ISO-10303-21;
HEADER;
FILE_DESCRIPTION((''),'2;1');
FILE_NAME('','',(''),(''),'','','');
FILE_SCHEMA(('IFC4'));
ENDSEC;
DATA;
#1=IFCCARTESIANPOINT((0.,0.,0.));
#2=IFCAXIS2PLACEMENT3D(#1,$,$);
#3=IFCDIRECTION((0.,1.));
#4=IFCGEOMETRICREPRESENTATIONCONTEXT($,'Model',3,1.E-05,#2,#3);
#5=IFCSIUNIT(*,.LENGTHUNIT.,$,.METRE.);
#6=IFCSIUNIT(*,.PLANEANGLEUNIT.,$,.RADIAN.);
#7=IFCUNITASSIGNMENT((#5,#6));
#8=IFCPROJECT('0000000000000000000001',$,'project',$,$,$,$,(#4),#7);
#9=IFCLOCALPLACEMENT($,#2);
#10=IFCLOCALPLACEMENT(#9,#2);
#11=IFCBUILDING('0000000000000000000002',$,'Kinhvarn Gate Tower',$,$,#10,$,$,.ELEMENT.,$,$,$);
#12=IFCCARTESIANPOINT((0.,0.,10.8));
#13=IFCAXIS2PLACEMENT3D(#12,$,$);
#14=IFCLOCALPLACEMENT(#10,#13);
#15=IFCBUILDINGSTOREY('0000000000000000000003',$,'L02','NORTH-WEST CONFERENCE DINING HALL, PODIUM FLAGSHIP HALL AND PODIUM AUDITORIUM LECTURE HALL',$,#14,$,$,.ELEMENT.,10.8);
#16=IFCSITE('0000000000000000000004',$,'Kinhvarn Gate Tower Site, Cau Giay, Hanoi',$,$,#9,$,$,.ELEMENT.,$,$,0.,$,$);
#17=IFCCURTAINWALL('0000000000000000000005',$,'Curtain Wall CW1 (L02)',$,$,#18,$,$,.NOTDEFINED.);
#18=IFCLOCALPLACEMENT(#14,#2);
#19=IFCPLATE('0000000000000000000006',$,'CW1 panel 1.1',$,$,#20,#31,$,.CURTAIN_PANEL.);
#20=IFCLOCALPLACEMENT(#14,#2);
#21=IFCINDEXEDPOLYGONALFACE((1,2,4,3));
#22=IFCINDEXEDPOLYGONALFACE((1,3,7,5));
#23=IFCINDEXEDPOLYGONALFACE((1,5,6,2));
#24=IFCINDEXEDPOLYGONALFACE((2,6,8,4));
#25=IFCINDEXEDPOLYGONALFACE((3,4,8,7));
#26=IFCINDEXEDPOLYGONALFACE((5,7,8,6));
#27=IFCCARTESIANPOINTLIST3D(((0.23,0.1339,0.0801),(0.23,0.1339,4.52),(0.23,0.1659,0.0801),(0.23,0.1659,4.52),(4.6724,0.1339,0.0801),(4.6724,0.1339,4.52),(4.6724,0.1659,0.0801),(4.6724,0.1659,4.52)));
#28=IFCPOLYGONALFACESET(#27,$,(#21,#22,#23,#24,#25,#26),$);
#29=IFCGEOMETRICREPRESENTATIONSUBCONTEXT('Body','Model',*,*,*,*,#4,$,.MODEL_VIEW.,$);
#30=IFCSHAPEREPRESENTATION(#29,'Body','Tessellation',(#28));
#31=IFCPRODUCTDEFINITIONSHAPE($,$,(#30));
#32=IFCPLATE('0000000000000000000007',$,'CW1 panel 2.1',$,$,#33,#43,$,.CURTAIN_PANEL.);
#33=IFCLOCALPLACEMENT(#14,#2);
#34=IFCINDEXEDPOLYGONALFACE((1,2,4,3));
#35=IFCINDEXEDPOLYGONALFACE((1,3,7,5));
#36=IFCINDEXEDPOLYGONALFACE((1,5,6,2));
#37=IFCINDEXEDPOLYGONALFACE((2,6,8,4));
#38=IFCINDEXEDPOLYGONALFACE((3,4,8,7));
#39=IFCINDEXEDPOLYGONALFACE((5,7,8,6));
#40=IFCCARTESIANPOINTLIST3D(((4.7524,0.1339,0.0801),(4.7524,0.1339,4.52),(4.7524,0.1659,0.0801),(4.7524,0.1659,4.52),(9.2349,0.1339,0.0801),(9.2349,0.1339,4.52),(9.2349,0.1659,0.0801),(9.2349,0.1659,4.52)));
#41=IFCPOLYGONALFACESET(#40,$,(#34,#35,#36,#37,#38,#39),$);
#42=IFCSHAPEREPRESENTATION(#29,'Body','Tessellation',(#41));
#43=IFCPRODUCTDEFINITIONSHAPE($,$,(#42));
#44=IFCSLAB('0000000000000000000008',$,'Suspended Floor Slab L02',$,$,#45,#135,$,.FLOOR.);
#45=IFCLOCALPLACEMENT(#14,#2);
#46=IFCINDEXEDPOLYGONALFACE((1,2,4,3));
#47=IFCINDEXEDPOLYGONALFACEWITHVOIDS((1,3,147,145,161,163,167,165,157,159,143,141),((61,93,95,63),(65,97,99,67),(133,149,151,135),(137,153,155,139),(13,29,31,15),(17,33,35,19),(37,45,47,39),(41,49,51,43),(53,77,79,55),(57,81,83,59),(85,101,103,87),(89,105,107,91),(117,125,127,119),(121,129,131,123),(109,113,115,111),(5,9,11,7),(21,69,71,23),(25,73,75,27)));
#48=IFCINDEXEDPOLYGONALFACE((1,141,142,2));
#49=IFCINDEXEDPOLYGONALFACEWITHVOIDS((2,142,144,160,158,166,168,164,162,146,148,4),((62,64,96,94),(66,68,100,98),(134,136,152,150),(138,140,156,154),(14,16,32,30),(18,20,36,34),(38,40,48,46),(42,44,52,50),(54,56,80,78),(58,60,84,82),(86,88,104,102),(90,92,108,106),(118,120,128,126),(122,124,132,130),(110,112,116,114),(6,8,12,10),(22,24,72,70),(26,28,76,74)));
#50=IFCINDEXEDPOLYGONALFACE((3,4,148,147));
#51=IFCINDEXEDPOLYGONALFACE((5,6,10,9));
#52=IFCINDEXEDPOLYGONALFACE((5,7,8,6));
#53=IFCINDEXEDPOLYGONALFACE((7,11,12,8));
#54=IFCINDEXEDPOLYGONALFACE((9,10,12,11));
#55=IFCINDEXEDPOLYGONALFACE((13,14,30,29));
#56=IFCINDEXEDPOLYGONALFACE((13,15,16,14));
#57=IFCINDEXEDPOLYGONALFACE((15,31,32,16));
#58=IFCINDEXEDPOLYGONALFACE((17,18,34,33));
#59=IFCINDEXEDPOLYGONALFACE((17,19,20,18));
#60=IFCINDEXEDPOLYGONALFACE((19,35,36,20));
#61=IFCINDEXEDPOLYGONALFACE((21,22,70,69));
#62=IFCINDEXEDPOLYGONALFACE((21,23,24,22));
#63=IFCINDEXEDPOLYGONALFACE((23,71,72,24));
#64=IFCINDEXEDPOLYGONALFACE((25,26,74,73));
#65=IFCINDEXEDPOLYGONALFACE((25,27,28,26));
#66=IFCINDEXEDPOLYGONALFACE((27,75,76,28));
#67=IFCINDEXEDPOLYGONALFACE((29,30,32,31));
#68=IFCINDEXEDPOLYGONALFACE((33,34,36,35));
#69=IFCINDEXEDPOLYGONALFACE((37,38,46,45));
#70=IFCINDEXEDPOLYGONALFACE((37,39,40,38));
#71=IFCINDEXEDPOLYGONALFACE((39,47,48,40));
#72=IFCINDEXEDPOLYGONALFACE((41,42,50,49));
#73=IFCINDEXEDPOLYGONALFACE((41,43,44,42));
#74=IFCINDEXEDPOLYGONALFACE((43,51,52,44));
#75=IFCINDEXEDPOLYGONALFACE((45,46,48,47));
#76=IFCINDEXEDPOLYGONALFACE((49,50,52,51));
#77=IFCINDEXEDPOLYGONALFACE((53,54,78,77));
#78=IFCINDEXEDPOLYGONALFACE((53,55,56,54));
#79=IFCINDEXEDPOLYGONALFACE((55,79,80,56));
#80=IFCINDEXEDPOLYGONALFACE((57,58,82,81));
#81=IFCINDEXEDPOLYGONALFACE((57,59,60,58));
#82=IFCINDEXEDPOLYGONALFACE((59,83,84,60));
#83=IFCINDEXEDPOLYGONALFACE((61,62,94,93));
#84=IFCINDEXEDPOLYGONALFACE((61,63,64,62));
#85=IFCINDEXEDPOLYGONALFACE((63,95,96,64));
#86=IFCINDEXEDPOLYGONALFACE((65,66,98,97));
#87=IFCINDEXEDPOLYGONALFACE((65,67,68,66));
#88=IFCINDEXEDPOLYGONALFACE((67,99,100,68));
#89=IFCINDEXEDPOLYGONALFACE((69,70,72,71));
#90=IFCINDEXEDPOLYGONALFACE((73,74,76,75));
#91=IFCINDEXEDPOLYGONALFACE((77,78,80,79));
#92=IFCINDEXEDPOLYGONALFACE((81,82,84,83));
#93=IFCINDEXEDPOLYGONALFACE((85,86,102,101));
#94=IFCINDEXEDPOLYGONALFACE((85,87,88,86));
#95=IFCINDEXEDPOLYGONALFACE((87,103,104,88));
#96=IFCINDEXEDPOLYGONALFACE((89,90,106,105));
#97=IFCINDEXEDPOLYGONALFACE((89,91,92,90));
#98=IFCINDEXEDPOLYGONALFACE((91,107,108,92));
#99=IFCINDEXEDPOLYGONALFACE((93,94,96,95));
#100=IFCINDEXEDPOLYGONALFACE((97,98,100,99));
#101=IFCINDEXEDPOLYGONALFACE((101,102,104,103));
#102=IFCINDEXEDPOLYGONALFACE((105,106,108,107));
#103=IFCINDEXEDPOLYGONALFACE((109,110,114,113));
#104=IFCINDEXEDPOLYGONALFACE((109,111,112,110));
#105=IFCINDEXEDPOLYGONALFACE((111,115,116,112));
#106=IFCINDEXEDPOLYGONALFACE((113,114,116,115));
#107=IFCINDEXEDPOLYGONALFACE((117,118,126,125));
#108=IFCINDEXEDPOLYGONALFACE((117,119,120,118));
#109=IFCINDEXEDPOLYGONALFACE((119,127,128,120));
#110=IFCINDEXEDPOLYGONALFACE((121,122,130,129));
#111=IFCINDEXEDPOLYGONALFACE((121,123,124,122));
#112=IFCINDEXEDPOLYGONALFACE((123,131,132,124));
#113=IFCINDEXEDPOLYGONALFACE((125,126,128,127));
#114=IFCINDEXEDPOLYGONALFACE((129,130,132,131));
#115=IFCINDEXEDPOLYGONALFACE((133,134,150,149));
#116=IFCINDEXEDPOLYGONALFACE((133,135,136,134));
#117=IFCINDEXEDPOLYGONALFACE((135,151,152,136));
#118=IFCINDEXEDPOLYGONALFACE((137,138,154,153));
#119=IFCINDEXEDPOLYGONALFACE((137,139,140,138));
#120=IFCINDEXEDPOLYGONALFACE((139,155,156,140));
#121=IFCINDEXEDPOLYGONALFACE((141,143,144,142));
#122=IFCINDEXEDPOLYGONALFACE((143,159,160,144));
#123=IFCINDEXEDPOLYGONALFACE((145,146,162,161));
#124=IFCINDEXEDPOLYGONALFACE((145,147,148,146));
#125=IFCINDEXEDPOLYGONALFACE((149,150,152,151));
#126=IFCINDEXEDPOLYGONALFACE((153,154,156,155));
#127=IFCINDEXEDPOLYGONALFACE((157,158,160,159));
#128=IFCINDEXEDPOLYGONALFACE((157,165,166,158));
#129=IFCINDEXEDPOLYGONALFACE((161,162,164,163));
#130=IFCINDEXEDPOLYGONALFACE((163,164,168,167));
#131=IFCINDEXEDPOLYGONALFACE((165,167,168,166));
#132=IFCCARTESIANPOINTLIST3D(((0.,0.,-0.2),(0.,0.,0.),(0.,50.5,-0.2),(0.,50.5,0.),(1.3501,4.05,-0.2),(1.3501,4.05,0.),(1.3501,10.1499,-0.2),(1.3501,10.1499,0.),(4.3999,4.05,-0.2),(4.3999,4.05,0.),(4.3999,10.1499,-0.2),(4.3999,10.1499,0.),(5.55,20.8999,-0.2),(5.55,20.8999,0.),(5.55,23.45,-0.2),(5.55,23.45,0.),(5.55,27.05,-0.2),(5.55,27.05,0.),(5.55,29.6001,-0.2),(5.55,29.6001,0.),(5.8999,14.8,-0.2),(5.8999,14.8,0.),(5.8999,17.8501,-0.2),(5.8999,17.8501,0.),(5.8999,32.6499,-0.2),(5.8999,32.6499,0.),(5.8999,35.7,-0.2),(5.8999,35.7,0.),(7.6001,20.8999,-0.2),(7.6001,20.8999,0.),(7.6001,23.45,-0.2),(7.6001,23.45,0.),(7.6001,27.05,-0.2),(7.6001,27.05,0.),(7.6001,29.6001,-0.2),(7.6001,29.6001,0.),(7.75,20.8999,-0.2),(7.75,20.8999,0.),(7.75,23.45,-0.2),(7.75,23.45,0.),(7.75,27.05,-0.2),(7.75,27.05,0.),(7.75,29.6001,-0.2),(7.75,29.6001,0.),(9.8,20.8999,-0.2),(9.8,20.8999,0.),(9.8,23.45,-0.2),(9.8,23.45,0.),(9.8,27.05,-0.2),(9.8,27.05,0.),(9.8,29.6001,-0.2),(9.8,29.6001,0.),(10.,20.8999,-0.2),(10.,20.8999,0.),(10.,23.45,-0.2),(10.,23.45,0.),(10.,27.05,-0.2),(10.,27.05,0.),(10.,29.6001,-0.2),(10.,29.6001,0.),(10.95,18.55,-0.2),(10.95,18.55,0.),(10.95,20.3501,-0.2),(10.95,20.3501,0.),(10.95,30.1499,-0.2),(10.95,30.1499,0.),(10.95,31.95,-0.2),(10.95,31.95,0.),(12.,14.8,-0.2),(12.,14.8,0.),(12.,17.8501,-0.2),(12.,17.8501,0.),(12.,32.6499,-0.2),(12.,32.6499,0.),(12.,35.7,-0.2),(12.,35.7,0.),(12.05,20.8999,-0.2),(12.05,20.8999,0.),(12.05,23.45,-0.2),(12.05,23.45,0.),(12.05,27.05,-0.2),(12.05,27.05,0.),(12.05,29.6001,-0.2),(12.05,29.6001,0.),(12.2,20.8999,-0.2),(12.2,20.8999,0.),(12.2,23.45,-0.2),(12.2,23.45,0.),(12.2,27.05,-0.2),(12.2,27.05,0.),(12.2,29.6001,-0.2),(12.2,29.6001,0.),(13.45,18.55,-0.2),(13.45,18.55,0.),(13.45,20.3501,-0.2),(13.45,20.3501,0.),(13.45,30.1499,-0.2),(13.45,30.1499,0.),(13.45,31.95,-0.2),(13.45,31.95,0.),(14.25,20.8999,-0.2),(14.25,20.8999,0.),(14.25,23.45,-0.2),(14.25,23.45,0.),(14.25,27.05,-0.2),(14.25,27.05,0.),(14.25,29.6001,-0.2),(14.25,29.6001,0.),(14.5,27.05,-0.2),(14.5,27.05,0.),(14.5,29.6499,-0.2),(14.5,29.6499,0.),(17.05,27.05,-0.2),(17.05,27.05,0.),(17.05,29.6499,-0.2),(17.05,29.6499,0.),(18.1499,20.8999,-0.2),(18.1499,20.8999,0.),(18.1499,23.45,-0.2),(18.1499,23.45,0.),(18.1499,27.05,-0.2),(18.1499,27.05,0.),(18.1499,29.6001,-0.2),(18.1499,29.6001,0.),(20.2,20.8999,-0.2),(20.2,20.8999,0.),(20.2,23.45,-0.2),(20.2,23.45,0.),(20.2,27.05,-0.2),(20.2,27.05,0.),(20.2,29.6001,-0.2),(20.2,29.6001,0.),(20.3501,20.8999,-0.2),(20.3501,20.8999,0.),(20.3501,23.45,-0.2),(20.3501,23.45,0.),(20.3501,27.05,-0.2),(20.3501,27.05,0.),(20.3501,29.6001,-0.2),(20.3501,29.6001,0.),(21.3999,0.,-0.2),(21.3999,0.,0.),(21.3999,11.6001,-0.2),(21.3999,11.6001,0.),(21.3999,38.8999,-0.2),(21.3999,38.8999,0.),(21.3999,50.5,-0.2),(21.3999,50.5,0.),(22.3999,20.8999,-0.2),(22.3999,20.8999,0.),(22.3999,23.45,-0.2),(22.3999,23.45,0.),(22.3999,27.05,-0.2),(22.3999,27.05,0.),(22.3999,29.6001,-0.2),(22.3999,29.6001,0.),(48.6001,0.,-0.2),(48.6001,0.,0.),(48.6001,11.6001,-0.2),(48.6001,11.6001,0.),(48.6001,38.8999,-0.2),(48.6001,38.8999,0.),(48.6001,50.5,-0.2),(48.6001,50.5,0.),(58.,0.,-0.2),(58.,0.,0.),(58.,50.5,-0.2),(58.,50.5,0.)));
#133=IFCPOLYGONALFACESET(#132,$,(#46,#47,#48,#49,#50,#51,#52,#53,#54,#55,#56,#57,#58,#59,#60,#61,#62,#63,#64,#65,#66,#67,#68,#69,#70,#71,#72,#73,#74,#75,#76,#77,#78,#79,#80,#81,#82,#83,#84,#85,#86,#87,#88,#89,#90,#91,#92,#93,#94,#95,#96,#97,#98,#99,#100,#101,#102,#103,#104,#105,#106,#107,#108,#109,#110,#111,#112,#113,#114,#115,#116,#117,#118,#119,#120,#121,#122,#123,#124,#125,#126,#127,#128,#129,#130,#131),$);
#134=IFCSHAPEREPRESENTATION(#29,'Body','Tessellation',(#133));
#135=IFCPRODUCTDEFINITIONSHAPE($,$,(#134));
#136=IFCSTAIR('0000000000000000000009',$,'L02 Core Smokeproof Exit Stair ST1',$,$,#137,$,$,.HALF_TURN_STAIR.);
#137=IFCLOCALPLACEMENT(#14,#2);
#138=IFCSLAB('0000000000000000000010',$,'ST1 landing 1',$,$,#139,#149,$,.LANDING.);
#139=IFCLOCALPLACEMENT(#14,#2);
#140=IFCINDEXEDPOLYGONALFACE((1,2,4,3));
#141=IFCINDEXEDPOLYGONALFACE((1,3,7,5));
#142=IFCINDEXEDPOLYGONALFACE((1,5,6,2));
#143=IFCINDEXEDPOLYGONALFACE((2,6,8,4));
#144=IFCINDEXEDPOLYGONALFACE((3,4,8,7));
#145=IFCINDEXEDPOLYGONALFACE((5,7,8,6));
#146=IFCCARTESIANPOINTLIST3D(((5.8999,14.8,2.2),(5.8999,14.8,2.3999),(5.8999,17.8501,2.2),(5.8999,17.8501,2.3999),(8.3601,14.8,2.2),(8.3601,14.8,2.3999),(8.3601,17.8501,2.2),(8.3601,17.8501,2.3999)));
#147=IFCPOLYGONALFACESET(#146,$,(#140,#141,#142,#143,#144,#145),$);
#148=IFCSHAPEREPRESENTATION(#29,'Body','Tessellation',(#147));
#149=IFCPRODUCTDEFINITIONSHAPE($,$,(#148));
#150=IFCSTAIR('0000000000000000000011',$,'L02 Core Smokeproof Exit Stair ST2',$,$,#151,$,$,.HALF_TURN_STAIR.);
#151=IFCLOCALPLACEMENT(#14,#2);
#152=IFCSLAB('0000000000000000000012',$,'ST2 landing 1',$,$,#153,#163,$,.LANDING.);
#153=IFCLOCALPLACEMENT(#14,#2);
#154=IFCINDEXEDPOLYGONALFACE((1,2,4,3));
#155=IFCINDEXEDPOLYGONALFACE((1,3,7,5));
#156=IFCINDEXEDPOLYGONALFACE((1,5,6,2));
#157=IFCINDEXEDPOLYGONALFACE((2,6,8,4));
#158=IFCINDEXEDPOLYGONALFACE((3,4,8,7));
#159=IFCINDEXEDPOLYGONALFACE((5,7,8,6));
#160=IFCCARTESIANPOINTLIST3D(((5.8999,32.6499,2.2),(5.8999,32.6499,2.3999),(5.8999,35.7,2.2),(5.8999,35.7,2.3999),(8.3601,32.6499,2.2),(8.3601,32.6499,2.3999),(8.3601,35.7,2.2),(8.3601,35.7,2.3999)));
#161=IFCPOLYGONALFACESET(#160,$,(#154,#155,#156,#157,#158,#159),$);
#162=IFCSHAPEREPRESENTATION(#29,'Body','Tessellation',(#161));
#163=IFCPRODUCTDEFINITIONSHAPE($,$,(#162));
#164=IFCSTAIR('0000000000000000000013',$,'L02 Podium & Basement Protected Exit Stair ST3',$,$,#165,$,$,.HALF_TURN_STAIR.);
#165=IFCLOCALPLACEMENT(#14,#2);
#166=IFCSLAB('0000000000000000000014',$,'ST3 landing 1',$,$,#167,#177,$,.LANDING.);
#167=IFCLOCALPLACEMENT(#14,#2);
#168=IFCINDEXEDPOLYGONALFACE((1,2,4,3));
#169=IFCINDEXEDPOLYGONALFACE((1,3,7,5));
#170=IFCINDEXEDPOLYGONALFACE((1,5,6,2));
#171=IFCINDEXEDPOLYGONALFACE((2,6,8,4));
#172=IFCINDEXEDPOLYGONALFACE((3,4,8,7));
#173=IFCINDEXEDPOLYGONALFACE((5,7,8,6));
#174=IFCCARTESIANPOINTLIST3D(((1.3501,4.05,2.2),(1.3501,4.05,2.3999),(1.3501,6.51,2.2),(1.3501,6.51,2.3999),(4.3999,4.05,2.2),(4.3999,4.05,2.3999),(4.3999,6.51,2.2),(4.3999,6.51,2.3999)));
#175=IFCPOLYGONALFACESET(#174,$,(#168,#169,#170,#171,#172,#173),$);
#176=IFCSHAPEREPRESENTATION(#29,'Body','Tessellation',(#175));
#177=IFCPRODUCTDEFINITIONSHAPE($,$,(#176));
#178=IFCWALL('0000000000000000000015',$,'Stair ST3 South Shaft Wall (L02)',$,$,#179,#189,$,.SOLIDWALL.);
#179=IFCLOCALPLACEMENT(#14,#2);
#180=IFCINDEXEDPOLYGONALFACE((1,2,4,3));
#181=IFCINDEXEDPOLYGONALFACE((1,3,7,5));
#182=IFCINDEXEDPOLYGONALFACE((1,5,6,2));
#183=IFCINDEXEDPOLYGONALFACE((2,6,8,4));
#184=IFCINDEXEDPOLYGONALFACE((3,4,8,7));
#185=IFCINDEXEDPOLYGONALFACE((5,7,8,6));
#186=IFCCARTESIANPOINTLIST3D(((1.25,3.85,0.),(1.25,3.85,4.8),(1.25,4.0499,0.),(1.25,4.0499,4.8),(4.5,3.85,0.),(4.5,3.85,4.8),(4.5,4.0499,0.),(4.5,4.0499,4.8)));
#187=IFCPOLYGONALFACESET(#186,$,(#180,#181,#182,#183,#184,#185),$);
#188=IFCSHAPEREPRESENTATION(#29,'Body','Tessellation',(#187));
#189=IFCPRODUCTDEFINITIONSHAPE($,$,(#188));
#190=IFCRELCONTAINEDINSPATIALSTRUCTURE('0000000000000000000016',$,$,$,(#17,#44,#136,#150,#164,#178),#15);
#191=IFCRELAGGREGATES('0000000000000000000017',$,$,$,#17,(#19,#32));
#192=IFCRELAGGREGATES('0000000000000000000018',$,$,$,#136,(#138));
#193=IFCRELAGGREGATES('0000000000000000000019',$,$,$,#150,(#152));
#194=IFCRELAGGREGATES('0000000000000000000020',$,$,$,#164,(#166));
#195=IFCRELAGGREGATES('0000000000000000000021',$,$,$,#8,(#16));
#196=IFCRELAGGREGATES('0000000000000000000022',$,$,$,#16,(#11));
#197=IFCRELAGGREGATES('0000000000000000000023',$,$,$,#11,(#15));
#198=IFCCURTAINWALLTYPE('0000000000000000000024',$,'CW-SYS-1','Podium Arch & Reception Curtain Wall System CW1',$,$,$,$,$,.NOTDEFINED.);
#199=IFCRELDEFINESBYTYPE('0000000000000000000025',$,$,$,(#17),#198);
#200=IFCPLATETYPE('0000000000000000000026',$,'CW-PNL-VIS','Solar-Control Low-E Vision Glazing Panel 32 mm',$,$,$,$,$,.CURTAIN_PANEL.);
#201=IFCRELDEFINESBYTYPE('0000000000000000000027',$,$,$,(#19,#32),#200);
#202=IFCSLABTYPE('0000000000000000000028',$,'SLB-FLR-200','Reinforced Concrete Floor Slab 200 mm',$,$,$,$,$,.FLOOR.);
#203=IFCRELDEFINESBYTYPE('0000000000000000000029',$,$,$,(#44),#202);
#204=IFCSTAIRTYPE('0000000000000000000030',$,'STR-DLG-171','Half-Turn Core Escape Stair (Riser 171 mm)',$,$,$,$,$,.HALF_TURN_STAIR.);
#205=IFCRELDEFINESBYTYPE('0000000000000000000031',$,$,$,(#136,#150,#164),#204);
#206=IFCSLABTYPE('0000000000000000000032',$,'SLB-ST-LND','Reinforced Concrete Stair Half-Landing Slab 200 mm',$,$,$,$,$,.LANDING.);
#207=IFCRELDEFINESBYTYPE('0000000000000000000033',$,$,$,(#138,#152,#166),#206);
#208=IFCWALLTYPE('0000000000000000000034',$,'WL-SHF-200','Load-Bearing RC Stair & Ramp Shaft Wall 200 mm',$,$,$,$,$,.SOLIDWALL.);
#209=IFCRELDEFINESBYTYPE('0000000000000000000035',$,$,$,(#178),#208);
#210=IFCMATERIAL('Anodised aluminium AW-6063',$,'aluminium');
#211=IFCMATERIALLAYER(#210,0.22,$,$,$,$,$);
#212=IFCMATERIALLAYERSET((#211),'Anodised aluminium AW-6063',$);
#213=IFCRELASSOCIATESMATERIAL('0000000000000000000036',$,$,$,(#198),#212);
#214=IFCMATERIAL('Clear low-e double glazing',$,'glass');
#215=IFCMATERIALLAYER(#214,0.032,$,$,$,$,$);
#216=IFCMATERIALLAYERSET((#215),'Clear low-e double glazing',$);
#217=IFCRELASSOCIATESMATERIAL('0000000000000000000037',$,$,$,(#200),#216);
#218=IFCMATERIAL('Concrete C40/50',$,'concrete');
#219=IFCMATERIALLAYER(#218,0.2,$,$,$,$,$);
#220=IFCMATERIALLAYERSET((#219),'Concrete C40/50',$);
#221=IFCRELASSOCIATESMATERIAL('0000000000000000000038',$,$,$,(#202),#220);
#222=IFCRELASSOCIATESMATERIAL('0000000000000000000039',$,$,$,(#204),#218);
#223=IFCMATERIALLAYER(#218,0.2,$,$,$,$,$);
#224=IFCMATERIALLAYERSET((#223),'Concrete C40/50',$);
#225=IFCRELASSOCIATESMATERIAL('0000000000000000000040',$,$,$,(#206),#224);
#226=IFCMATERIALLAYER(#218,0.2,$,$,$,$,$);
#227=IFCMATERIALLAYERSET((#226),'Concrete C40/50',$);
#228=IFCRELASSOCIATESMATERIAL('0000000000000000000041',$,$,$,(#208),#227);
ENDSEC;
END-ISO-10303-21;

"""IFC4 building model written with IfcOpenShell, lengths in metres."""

from ifc_helpers import new_model, si_unit, direction, frame, frame_2d, origin, origin_2d, place, context, subcontext, project, spatial, polyline, rectangle, outline, extrude, material, layer, layer_set, type_object, element, aggregate, save


model = new_model("IFC4")

# Units and contexts
model_context = context("Model", 3, precision=1e-05, world=origin(), true_north=direction((0.0, 1.0)))
body_context = subcontext(model_context, "Body", "Model", "MODEL_VIEW")
ifc_project = project(units=[si_unit("LENGTHUNIT", "METRE"), si_unit("PLANEANGLEUNIT", "RADIAN")], contexts=[model_context])

# Site, building, storey
site_placement = place(None, origin())
site = spatial("IfcSite", under=ifc_project, at=site_placement, Name="Kinhvarn Gate Tower Site, Cau Giay, Hanoi", CompositionType="ELEMENT", RefElevation=0.0)
building_placement = place(site_placement, origin())
building = spatial("IfcBuilding", under=site, at=building_placement, Name="Kinhvarn Gate Tower", CompositionType="ELEMENT")
storey_placement = place(building_placement, frame((0.0, 0.0, 10.8)))
storey = spatial("IfcBuildingStorey", under=building, at=storey_placement, Name="L02", Description="NORTH-WEST CONFERENCE DINING HALL, PODIUM FLAGSHIP HALL AND PODIUM AUDITORIUM LECTURE HALL", CompositionType="ELEMENT", Elevation=10.8)

# Curtain wall
ifc_material_1 = material(Name="Anodised aluminium AW-6063", Category="aluminium")
ifc_layer_1 = layer(ifc_material_1, 0.22)
ifc_layer_set_1 = layer_set([ifc_layer_1], Name="Anodised aluminium AW-6063")
curtain_wall_type = type_object("IfcCurtainWallType", Name="CW-SYS-1", Description="Podium Arch & Reception Curtain Wall System CW1", PredefinedType="NOTDEFINED", material=ifc_layer_set_1)
curtain_wall_placement = place(storey_placement, origin())
curtain_wall = element("IfcCurtainWall", 1, at=curtain_wall_placement, inside=storey, type_object=curtain_wall_type, Name="Curtain Wall CW1 (L02)", PredefinedType="NOTDEFINED")

# Plates
ifc_material_2 = material(Name="Clear low-e double glazing", Category="glass")
ifc_layer_2 = layer(ifc_material_2, 0.032)
ifc_layer_set_2 = layer_set([ifc_layer_2], Name="Clear low-e double glazing")
plate_type = type_object("IfcPlateType", Name="CW-PNL-VIS", Description="Solar-Control Low-E Vision Glazing Panel 32 mm", PredefinedType="CURTAIN_PANEL", material=ifc_layer_set_2)
plate_1_placement = place(storey_placement, frame((2.4512, 0.1499, 0.0801), z_axis=(0.0, 0.0, 1.0), x_axis=(1.0, 0.0, 0.0)))
plate_1 = element("IfcPlate", 2, at=plate_1_placement, type_object=plate_type, Name="CW1 panel 1.1", PredefinedType="CURTAIN_PANEL", context=body_context, shape_type="SweptSolid", body=[
    extrude(rectangle(XDim=4.4424, YDim=0.032, at=origin_2d()), origin(), (0.0, 0.0, 1.0), 4.4399),
])
plate_2_placement = place(storey_placement, frame((6.9937, 0.1499, 0.0801), z_axis=(0.0, 0.0, 1.0), x_axis=(1.0, 0.0, 0.0)))
plate_2 = element("IfcPlate", 3, at=plate_2_placement, type_object=plate_type, Name="CW1 panel 2.1", PredefinedType="CURTAIN_PANEL", context=body_context, shape_type="SweptSolid", body=[
    extrude(rectangle(XDim=4.4824, YDim=0.032, at=origin_2d()), origin(), (0.0, 0.0, 1.0), 4.4399),
])
aggregate(curtain_wall, [plate_1, plate_2])

# Slab
ifc_material_3 = material(Name="Concrete C40/50", Category="concrete")
ifc_layer_3 = layer(ifc_material_3, 0.2)
ifc_layer_set_3 = layer_set([ifc_layer_3], Name="Concrete C40/50")
slab_type_1 = type_object("IfcSlabType", Name="SLB-FLR-200", Description="Reinforced Concrete Floor Slab 200 mm", PredefinedType="FLOOR", material=ifc_layer_set_3)
slab_1_placement = place(storey_placement, frame((0.0, 0.0, -0.2)))
element("IfcSlab", 4, at=slab_1_placement, inside=storey, type_object=slab_type_1, Name="Suspended Floor Slab L02", PredefinedType="FLOOR", context=body_context, shape_type="SweptSolid", body=[
    extrude(outline(polyline([(0.0, 0.0), (0.0, 50.5), (21.3999, 50.5), (21.3999, 38.8999), (48.6001, 38.8999), (48.6001, 50.5), (58.0, 50.5), (58.0, 0.0), (48.6001, 0.0), (48.6001, 11.6001), (21.3999, 11.6001), (21.3999, 0.0), (0.0, 0.0)]), holes=[polyline([(5.8999, 14.8), (12.0, 14.8), (12.0, 17.8501), (5.8999, 17.8501), (5.8999, 14.8)]), polyline([(5.8999, 32.6499), (12.0, 32.6499), (12.0, 35.7), (5.8999, 35.7), (5.8999, 32.6499)]), polyline([(1.3501, 4.05), (4.3999, 4.05), (4.3999, 10.1499), (1.3501, 10.1499), (1.3501, 4.05)]), polyline([(18.1499, 20.8999), (20.2, 20.8999), (20.2, 23.45), (18.1499, 23.45), (18.1499, 20.8999)]), polyline([(20.3501, 20.8999), (22.3999, 20.8999), (22.3999, 23.45), (20.3501, 23.45), (20.3501, 20.8999)]), polyline([(18.1499, 27.05), (20.2, 27.05), (20.2, 29.6001), (18.1499, 29.6001), (18.1499, 27.05)]), polyline([(20.3501, 27.05), (22.3999, 27.05), (22.3999, 29.6001), (20.3501, 29.6001), (20.3501, 27.05)]), polyline([(5.55, 20.8999), (7.6001, 20.8999), (7.6001, 23.45), (5.55, 23.45), (5.55, 20.8999)]), polyline([(7.75, 20.8999), (9.8, 20.8999), (9.8, 23.45), (7.75, 23.45), (7.75, 20.8999)]), polyline([(5.55, 27.05), (7.6001, 27.05), (7.6001, 29.6001), (5.55, 29.6001), (5.55, 27.05)]), polyline([(7.75, 27.05), (9.8, 27.05), (9.8, 29.6001), (7.75, 29.6001), (7.75, 27.05)]), polyline([(10.0, 20.8999), (12.05, 20.8999), (12.05, 23.45), (10.0, 23.45), (10.0, 20.8999)]), polyline([(12.2, 20.8999), (14.25, 20.8999), (14.25, 23.45), (12.2, 23.45), (12.2, 20.8999)]), polyline([(10.0, 27.05), (12.05, 27.05), (12.05, 29.6001), (10.0, 29.6001), (10.0, 27.05)]), polyline([(12.2, 27.05), (14.25, 27.05), (14.25, 29.6001), (12.2, 29.6001), (12.2, 27.05)]), polyline([(14.5, 27.05), (17.05, 27.05), (17.05, 29.6499), (14.5, 29.6499), (14.5, 27.05)]), polyline([(10.95, 18.55), (13.45, 18.55), (13.45, 20.3501), (10.95, 20.3501), (10.95, 18.55)]), polyline([(10.95, 30.1499), (13.45, 30.1499), (13.45, 31.95), (10.95, 31.95), (10.95, 30.1499)])]), origin(), (0.0, 0.0, 1.0), 0.2),
])

# Stairs, slabs
stair_type = type_object("IfcStairType", Name="STR-DLG-171", Description="Half-Turn Core Escape Stair (Riser 171 mm)", PredefinedType="HALF_TURN_STAIR", material=ifc_material_3)
stair_1_placement = place(storey_placement, origin())
stair_1 = element("IfcStair", 5, at=stair_1_placement, inside=storey, type_object=stair_type, Name="L02 Core Smokeproof Exit Stair ST1", PredefinedType="HALF_TURN_STAIR")
ifc_layer_4 = layer(ifc_material_3, 0.2)
ifc_layer_set_4 = layer_set([ifc_layer_4], Name="Concrete C40/50")
slab_type_2 = type_object("IfcSlabType", Name="SLB-ST-LND", Description="Reinforced Concrete Stair Half-Landing Slab 200 mm", PredefinedType="LANDING", material=ifc_layer_set_4)
slab_2_placement = place(storey_placement, frame((0.0, 0.0, 2.2)))
slab_2 = element("IfcSlab", 6, at=slab_2_placement, type_object=slab_type_2, Name="ST1 landing 1", PredefinedType="LANDING", context=body_context, shape_type="SweptSolid", body=[
    extrude(outline(polyline([(8.3601, 17.8501), (5.8999, 17.8501), (5.8999, 14.8), (8.3601, 14.8), (8.3601, 17.8501)])), origin(), (0.0, 0.0, 1.0), 0.2),
])
aggregate(stair_1, [slab_2])
stair_2_placement = place(storey_placement, origin())
stair_2 = element("IfcStair", 7, at=stair_2_placement, inside=storey, type_object=stair_type, Name="L02 Core Smokeproof Exit Stair ST2", PredefinedType="HALF_TURN_STAIR")
slab_3_placement = place(storey_placement, frame((0.0, 0.0, 2.2)))
slab_3 = element("IfcSlab", 8, at=slab_3_placement, type_object=slab_type_2, Name="ST2 landing 1", PredefinedType="LANDING", context=body_context, shape_type="SweptSolid", body=[
    extrude(outline(polyline([(8.3601, 35.7), (5.8999, 35.7), (5.8999, 32.6499), (8.3601, 32.6499), (8.3601, 35.7)])), origin(), (0.0, 0.0, 1.0), 0.2),
])
aggregate(stair_2, [slab_3])
stair_3_placement = place(storey_placement, origin())
stair_3 = element("IfcStair", 9, at=stair_3_placement, inside=storey, type_object=stair_type, Name="L02 Podium & Basement Protected Exit Stair ST3", PredefinedType="HALF_TURN_STAIR")
slab_4_placement = place(storey_placement, frame((0.0, 0.0, 2.2)))
slab_4 = element("IfcSlab", 10, at=slab_4_placement, type_object=slab_type_2, Name="ST3 landing 1", PredefinedType="LANDING", context=body_context, shape_type="SweptSolid", body=[
    extrude(outline(polyline([(1.3501, 6.51), (1.3501, 4.05), (4.3999, 4.05), (4.3999, 6.51), (1.3501, 6.51)])), origin(), (0.0, 0.0, 1.0), 0.2),
])

# Wall
ifc_layer_5 = layer(ifc_material_3, 0.2)
ifc_layer_set_5 = layer_set([ifc_layer_5], Name="Concrete C40/50")
wall_type = type_object("IfcWallType", Name="WL-SHF-200", Description="Load-Bearing RC Stair & Ramp Shaft Wall 200 mm", PredefinedType="SOLIDWALL", material=ifc_layer_set_5)
wall_1_placement = place(storey_placement, frame((1.25, 3.95, 0.0), z_axis=(0.0, 0.0, 1.0), x_axis=(1.0, 0.0, 0.0)))
element("IfcWall", 11, at=wall_1_placement, inside=storey, type_object=wall_type, Name="Stair ST3 South Shaft Wall (L02)", PredefinedType="SOLIDWALL", context=body_context, shape_type="SweptSolid", body=[
    extrude(rectangle(XDim=3.25, YDim=0.2, at=frame_2d((1.625, 0.0))), origin(), (0.0, 0.0, 1.0), 4.8),
])

aggregate(stair_3, [slab_4])

save(model, "model.ifc")
